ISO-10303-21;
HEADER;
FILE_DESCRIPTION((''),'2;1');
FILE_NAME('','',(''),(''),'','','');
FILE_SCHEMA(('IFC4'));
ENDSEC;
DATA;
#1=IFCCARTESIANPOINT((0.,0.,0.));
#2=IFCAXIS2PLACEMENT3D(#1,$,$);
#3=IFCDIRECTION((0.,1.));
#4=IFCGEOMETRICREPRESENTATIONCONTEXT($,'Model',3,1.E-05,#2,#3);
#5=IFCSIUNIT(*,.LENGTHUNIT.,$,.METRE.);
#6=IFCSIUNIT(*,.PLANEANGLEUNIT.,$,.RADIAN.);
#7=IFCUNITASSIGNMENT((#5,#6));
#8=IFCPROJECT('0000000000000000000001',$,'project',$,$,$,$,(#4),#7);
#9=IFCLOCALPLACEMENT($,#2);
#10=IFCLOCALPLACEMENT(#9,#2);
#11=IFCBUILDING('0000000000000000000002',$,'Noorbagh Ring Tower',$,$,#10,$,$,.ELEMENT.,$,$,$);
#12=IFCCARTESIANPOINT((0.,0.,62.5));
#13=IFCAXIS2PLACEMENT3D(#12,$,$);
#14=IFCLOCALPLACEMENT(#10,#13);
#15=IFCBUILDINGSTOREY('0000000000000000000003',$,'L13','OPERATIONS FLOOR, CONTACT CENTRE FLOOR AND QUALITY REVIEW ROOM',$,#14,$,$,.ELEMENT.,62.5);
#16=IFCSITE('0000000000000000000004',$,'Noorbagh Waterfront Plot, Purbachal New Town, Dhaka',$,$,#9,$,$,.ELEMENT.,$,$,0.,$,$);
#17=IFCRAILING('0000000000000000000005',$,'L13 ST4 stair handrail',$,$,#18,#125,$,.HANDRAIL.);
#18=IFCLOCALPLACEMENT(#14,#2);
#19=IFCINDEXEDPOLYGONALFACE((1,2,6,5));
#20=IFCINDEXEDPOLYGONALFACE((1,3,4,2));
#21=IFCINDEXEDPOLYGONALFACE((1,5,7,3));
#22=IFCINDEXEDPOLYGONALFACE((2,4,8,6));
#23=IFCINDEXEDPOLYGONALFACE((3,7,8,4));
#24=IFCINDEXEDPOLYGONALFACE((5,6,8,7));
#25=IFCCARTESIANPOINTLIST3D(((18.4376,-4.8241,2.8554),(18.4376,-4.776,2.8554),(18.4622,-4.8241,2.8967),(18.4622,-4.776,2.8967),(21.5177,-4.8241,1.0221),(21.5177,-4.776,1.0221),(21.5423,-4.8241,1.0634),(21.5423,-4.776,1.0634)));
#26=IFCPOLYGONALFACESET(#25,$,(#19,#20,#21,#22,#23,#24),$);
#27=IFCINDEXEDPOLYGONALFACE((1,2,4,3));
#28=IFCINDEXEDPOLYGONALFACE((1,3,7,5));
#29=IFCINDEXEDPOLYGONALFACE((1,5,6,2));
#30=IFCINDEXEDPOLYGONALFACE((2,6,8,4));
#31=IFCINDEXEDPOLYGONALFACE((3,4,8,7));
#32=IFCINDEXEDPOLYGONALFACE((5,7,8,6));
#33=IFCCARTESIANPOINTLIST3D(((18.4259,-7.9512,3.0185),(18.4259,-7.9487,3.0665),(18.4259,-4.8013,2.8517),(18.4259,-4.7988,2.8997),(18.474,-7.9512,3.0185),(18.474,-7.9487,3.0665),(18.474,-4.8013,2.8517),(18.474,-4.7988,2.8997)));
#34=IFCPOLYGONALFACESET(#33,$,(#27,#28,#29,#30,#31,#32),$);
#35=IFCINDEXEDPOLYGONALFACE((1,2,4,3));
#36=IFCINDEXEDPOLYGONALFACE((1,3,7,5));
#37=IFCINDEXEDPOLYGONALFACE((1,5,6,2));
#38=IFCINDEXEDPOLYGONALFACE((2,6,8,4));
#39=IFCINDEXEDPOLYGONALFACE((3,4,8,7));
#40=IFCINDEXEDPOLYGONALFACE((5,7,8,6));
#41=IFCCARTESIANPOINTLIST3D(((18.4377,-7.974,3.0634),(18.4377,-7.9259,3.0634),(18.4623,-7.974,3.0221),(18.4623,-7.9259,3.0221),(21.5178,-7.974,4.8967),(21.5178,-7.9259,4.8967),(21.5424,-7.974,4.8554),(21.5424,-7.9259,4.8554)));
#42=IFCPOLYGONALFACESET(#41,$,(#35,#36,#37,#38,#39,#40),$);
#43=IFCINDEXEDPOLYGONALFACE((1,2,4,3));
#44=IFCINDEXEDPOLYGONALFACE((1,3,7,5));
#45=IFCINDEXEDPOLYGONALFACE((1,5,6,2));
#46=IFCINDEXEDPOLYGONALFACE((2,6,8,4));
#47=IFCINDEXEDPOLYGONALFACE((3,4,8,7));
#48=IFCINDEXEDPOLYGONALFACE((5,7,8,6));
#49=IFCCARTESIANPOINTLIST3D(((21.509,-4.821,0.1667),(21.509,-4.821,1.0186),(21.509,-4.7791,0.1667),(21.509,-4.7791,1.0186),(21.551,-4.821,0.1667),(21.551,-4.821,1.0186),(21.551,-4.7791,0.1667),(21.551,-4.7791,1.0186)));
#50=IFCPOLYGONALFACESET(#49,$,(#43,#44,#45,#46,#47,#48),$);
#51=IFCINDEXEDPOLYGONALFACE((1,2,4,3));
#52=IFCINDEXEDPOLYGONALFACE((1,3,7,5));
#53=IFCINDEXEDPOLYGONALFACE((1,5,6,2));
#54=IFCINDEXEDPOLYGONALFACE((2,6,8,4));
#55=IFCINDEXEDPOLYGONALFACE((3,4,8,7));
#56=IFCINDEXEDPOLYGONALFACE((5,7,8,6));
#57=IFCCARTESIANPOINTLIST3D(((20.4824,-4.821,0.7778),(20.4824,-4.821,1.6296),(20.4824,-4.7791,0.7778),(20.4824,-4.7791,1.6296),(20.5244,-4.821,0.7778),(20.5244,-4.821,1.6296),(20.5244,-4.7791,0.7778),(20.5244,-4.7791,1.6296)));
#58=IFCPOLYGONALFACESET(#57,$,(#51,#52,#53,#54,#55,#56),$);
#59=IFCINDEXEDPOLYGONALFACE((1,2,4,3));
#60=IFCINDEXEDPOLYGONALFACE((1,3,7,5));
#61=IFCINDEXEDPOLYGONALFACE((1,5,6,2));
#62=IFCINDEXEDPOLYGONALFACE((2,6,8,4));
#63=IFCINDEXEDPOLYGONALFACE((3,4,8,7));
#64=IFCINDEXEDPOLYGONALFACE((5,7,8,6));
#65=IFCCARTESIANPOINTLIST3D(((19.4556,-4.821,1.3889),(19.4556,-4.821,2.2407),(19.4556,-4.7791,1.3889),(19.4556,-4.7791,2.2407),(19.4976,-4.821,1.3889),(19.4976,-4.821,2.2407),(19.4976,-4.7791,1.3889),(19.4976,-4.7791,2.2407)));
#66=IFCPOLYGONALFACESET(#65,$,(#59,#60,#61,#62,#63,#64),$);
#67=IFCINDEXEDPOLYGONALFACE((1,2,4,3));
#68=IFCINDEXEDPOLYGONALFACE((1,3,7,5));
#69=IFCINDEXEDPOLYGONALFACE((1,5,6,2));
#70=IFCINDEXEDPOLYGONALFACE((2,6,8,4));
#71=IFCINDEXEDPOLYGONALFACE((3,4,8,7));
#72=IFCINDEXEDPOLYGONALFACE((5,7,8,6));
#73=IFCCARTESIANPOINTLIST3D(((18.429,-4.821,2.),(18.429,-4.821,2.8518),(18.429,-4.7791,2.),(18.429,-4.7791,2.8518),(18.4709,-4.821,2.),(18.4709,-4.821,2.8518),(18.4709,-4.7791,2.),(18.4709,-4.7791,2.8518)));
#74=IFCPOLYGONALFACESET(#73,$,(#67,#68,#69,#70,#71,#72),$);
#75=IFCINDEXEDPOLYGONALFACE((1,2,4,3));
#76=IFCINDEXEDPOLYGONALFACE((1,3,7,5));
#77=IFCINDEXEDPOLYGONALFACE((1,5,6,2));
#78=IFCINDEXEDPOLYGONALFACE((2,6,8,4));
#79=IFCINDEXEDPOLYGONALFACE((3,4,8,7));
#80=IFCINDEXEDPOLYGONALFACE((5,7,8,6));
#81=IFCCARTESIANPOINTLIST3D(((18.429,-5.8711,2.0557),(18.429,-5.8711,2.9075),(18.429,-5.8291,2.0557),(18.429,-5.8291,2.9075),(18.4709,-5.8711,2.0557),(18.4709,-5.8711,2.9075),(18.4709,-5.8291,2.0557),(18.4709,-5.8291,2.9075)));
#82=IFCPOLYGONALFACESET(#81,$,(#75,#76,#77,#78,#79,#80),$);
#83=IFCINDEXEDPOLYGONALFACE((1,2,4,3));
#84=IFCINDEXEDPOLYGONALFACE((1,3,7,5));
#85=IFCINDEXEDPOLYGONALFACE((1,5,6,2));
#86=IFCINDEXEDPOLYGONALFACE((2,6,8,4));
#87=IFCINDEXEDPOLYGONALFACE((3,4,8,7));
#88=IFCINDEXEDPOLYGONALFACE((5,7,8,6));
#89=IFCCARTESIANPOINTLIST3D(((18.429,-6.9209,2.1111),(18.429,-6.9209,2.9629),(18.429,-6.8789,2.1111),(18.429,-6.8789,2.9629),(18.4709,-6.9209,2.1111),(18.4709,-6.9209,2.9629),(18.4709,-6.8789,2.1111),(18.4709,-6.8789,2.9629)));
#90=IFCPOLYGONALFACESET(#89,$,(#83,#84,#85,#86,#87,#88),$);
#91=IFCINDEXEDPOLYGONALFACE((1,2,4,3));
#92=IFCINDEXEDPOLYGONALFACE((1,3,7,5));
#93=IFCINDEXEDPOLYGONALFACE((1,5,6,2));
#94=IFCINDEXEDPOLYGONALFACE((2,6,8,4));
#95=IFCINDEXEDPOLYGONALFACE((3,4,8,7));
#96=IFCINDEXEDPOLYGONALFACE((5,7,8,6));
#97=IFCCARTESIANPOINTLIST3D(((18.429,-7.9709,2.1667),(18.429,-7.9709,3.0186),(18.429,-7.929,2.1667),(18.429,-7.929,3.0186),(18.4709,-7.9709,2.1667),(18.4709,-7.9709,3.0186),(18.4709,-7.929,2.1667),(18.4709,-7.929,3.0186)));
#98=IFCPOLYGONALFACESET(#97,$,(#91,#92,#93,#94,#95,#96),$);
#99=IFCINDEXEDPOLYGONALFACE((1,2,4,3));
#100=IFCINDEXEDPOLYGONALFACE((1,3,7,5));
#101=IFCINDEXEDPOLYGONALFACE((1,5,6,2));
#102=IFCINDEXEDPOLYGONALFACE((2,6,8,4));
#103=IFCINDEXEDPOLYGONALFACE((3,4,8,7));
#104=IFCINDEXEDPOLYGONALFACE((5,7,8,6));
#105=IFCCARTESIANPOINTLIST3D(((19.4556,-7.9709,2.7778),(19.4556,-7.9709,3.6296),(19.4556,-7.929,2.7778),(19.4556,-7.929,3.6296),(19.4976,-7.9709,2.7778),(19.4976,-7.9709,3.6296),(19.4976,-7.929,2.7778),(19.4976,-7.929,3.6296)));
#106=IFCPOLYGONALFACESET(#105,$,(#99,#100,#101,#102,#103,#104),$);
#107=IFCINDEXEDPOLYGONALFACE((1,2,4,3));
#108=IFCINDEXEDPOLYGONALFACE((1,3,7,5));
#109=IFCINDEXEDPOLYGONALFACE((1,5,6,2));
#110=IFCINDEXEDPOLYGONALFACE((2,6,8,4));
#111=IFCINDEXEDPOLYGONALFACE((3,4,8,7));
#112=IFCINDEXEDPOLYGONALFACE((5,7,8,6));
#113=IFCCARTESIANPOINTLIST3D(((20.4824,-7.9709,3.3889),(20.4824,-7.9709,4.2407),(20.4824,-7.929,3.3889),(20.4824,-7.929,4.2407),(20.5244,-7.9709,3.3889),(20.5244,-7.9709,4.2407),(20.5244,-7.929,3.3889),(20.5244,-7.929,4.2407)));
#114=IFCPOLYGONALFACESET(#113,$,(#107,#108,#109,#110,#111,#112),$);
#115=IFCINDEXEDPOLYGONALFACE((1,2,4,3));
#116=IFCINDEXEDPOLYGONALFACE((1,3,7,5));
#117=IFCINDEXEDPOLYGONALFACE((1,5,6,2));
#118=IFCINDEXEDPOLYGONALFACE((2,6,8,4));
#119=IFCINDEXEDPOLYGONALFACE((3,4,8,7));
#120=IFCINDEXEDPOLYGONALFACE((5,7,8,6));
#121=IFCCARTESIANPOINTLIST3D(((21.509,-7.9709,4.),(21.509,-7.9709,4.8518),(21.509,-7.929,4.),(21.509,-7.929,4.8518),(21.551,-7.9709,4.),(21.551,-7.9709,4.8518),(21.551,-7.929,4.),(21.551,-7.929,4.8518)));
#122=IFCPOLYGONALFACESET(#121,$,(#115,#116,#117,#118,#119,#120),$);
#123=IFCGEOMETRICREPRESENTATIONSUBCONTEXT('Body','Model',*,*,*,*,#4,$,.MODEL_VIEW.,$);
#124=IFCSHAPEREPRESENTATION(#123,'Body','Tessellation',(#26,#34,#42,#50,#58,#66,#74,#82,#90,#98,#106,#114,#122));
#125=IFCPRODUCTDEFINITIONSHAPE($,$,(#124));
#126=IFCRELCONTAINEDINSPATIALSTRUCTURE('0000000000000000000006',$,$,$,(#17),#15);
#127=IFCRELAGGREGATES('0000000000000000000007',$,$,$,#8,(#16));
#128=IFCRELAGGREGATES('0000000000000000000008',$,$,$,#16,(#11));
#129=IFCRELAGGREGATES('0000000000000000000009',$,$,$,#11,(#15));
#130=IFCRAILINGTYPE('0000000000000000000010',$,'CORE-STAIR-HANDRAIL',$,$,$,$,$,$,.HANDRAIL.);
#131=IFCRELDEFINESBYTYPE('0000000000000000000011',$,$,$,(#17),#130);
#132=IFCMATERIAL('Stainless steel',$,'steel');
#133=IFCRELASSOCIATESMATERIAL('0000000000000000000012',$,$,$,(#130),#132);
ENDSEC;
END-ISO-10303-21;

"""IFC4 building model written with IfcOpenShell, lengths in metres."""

from ifc_helpers import new_model, si_unit, direction, frame, origin, origin_2d, place, context, subcontext, project, spatial, rectangle, extrude, material, type_object, element, save


model = new_model("IFC4")

# Units and contexts
model_context = context("Model", 3, precision=1e-05, world=origin(), true_north=direction((0.0, 1.0)))
body_context = subcontext(model_context, "Body", "Model", "MODEL_VIEW")
ifc_project = project(units=[si_unit("LENGTHUNIT", "METRE"), si_unit("PLANEANGLEUNIT", "RADIAN")], contexts=[model_context])

# Site, building, storey
site_placement = place(None, origin())
site = spatial("IfcSite", under=ifc_project, at=site_placement, Name="Noorbagh Waterfront Plot, Purbachal New Town, Dhaka", CompositionType="ELEMENT", RefElevation=0.0)
building_placement = place(site_placement, origin())
building = spatial("IfcBuilding", under=site, at=building_placement, Name="Noorbagh Ring Tower", CompositionType="ELEMENT")
storey_placement = place(building_placement, frame((0.0, 0.0, 62.5)))
storey = spatial("IfcBuildingStorey", under=building, at=storey_placement, Name="L13", Description="OPERATIONS FLOOR, CONTACT CENTRE FLOOR AND QUALITY REVIEW ROOM", CompositionType="ELEMENT", Elevation=62.5)

# Railing
ifc_material_1 = material(Name="Stainless steel", Category="steel")
railing_type_1 = type_object("IfcRailingType", Name="CORE-STAIR-HANDRAIL", PredefinedType="HANDRAIL", material=ifc_material_1)
railing_1_placement = place(storey_placement, frame((21.53, -4.8, 0.1667)))
element("IfcRailing", 1, at=railing_1_placement, inside=storey, type_object=railing_type_1, Name="L13 ST4 stair handrail", PredefinedType="HANDRAIL", context=body_context, shape_type="SweptSolid", body=[
    extrude(rectangle(XDim=0.0481, YDim=0.0481, at=origin_2d()), frame((0.0, 0.0, 0.876), z_axis=(-0.859309, 0.0, 0.511458), x_axis=(0.0, -1.0, 0.0)), (0.0, 0.0, 1.0), 3.5845),
    extrude(rectangle(XDim=0.0481, YDim=0.0481, at=origin_2d()), frame((-3.0801, 0.0, 2.709), z_axis=(0.0, -0.998602, 0.052864), x_axis=(1.0, 0.0, 0.0)), (0.0, 0.0, 1.0), 3.1543),
    extrude(rectangle(XDim=0.0481, YDim=0.0481, at=origin_2d()), frame((-3.0801, -3.1499, 2.876), z_axis=(0.859309, 0.0, 0.511458), x_axis=(0.0, 1.0, 0.0)), (0.0, 0.0, 1.0), 3.5845),
    extrude(rectangle(XDim=0.042, YDim=0.042, at=origin_2d()), origin(), (0.0, 0.0, 1.0), 0.8518),
    extrude(rectangle(XDim=0.042, YDim=0.042, at=origin_2d()), frame((-1.0266, 0.0, 0.6111)), (0.0, 0.0, 1.0), 0.8518),
    extrude(rectangle(XDim=0.042, YDim=0.042, at=origin_2d()), frame((-2.0535, 0.0, 1.2222)), (0.0, 0.0, 1.0), 0.8518),
    extrude(rectangle(XDim=0.042, YDim=0.042, at=origin_2d()), frame((-3.0801, 0.0, 1.8333)), (0.0, 0.0, 1.0), 0.8518),
    extrude(rectangle(XDim=0.042, YDim=0.042, at=origin_2d()), frame((-3.0801, -1.05, 1.8889)), (0.0, 0.0, 1.0), 0.8518),
    extrude(rectangle(XDim=0.042, YDim=0.042, at=origin_2d()), frame((-3.0801, -2.0999, 1.9443)), (0.0, 0.0, 1.0), 0.8518),
    extrude(rectangle(XDim=0.042, YDim=0.042, at=origin_2d()), frame((-3.0801, -3.1499, 2.0)), (0.0, 0.0, 1.0), 0.8518),
    extrude(rectangle(XDim=0.042, YDim=0.042, at=origin_2d()), frame((-2.0535, -3.1499, 2.6111)), (0.0, 0.0, 1.0), 0.8518),
    extrude(rectangle(XDim=0.042, YDim=0.042, at=origin_2d()), frame((-1.0266, -3.1499, 3.2222)), (0.0, 0.0, 1.0), 0.8518),
    extrude(rectangle(XDim=0.042, YDim=0.042, at=origin_2d()), frame((0.0, -3.1499, 3.8333)), (0.0, 0.0, 1.0), 0.8518),
])

save(model, "model.ifc")
